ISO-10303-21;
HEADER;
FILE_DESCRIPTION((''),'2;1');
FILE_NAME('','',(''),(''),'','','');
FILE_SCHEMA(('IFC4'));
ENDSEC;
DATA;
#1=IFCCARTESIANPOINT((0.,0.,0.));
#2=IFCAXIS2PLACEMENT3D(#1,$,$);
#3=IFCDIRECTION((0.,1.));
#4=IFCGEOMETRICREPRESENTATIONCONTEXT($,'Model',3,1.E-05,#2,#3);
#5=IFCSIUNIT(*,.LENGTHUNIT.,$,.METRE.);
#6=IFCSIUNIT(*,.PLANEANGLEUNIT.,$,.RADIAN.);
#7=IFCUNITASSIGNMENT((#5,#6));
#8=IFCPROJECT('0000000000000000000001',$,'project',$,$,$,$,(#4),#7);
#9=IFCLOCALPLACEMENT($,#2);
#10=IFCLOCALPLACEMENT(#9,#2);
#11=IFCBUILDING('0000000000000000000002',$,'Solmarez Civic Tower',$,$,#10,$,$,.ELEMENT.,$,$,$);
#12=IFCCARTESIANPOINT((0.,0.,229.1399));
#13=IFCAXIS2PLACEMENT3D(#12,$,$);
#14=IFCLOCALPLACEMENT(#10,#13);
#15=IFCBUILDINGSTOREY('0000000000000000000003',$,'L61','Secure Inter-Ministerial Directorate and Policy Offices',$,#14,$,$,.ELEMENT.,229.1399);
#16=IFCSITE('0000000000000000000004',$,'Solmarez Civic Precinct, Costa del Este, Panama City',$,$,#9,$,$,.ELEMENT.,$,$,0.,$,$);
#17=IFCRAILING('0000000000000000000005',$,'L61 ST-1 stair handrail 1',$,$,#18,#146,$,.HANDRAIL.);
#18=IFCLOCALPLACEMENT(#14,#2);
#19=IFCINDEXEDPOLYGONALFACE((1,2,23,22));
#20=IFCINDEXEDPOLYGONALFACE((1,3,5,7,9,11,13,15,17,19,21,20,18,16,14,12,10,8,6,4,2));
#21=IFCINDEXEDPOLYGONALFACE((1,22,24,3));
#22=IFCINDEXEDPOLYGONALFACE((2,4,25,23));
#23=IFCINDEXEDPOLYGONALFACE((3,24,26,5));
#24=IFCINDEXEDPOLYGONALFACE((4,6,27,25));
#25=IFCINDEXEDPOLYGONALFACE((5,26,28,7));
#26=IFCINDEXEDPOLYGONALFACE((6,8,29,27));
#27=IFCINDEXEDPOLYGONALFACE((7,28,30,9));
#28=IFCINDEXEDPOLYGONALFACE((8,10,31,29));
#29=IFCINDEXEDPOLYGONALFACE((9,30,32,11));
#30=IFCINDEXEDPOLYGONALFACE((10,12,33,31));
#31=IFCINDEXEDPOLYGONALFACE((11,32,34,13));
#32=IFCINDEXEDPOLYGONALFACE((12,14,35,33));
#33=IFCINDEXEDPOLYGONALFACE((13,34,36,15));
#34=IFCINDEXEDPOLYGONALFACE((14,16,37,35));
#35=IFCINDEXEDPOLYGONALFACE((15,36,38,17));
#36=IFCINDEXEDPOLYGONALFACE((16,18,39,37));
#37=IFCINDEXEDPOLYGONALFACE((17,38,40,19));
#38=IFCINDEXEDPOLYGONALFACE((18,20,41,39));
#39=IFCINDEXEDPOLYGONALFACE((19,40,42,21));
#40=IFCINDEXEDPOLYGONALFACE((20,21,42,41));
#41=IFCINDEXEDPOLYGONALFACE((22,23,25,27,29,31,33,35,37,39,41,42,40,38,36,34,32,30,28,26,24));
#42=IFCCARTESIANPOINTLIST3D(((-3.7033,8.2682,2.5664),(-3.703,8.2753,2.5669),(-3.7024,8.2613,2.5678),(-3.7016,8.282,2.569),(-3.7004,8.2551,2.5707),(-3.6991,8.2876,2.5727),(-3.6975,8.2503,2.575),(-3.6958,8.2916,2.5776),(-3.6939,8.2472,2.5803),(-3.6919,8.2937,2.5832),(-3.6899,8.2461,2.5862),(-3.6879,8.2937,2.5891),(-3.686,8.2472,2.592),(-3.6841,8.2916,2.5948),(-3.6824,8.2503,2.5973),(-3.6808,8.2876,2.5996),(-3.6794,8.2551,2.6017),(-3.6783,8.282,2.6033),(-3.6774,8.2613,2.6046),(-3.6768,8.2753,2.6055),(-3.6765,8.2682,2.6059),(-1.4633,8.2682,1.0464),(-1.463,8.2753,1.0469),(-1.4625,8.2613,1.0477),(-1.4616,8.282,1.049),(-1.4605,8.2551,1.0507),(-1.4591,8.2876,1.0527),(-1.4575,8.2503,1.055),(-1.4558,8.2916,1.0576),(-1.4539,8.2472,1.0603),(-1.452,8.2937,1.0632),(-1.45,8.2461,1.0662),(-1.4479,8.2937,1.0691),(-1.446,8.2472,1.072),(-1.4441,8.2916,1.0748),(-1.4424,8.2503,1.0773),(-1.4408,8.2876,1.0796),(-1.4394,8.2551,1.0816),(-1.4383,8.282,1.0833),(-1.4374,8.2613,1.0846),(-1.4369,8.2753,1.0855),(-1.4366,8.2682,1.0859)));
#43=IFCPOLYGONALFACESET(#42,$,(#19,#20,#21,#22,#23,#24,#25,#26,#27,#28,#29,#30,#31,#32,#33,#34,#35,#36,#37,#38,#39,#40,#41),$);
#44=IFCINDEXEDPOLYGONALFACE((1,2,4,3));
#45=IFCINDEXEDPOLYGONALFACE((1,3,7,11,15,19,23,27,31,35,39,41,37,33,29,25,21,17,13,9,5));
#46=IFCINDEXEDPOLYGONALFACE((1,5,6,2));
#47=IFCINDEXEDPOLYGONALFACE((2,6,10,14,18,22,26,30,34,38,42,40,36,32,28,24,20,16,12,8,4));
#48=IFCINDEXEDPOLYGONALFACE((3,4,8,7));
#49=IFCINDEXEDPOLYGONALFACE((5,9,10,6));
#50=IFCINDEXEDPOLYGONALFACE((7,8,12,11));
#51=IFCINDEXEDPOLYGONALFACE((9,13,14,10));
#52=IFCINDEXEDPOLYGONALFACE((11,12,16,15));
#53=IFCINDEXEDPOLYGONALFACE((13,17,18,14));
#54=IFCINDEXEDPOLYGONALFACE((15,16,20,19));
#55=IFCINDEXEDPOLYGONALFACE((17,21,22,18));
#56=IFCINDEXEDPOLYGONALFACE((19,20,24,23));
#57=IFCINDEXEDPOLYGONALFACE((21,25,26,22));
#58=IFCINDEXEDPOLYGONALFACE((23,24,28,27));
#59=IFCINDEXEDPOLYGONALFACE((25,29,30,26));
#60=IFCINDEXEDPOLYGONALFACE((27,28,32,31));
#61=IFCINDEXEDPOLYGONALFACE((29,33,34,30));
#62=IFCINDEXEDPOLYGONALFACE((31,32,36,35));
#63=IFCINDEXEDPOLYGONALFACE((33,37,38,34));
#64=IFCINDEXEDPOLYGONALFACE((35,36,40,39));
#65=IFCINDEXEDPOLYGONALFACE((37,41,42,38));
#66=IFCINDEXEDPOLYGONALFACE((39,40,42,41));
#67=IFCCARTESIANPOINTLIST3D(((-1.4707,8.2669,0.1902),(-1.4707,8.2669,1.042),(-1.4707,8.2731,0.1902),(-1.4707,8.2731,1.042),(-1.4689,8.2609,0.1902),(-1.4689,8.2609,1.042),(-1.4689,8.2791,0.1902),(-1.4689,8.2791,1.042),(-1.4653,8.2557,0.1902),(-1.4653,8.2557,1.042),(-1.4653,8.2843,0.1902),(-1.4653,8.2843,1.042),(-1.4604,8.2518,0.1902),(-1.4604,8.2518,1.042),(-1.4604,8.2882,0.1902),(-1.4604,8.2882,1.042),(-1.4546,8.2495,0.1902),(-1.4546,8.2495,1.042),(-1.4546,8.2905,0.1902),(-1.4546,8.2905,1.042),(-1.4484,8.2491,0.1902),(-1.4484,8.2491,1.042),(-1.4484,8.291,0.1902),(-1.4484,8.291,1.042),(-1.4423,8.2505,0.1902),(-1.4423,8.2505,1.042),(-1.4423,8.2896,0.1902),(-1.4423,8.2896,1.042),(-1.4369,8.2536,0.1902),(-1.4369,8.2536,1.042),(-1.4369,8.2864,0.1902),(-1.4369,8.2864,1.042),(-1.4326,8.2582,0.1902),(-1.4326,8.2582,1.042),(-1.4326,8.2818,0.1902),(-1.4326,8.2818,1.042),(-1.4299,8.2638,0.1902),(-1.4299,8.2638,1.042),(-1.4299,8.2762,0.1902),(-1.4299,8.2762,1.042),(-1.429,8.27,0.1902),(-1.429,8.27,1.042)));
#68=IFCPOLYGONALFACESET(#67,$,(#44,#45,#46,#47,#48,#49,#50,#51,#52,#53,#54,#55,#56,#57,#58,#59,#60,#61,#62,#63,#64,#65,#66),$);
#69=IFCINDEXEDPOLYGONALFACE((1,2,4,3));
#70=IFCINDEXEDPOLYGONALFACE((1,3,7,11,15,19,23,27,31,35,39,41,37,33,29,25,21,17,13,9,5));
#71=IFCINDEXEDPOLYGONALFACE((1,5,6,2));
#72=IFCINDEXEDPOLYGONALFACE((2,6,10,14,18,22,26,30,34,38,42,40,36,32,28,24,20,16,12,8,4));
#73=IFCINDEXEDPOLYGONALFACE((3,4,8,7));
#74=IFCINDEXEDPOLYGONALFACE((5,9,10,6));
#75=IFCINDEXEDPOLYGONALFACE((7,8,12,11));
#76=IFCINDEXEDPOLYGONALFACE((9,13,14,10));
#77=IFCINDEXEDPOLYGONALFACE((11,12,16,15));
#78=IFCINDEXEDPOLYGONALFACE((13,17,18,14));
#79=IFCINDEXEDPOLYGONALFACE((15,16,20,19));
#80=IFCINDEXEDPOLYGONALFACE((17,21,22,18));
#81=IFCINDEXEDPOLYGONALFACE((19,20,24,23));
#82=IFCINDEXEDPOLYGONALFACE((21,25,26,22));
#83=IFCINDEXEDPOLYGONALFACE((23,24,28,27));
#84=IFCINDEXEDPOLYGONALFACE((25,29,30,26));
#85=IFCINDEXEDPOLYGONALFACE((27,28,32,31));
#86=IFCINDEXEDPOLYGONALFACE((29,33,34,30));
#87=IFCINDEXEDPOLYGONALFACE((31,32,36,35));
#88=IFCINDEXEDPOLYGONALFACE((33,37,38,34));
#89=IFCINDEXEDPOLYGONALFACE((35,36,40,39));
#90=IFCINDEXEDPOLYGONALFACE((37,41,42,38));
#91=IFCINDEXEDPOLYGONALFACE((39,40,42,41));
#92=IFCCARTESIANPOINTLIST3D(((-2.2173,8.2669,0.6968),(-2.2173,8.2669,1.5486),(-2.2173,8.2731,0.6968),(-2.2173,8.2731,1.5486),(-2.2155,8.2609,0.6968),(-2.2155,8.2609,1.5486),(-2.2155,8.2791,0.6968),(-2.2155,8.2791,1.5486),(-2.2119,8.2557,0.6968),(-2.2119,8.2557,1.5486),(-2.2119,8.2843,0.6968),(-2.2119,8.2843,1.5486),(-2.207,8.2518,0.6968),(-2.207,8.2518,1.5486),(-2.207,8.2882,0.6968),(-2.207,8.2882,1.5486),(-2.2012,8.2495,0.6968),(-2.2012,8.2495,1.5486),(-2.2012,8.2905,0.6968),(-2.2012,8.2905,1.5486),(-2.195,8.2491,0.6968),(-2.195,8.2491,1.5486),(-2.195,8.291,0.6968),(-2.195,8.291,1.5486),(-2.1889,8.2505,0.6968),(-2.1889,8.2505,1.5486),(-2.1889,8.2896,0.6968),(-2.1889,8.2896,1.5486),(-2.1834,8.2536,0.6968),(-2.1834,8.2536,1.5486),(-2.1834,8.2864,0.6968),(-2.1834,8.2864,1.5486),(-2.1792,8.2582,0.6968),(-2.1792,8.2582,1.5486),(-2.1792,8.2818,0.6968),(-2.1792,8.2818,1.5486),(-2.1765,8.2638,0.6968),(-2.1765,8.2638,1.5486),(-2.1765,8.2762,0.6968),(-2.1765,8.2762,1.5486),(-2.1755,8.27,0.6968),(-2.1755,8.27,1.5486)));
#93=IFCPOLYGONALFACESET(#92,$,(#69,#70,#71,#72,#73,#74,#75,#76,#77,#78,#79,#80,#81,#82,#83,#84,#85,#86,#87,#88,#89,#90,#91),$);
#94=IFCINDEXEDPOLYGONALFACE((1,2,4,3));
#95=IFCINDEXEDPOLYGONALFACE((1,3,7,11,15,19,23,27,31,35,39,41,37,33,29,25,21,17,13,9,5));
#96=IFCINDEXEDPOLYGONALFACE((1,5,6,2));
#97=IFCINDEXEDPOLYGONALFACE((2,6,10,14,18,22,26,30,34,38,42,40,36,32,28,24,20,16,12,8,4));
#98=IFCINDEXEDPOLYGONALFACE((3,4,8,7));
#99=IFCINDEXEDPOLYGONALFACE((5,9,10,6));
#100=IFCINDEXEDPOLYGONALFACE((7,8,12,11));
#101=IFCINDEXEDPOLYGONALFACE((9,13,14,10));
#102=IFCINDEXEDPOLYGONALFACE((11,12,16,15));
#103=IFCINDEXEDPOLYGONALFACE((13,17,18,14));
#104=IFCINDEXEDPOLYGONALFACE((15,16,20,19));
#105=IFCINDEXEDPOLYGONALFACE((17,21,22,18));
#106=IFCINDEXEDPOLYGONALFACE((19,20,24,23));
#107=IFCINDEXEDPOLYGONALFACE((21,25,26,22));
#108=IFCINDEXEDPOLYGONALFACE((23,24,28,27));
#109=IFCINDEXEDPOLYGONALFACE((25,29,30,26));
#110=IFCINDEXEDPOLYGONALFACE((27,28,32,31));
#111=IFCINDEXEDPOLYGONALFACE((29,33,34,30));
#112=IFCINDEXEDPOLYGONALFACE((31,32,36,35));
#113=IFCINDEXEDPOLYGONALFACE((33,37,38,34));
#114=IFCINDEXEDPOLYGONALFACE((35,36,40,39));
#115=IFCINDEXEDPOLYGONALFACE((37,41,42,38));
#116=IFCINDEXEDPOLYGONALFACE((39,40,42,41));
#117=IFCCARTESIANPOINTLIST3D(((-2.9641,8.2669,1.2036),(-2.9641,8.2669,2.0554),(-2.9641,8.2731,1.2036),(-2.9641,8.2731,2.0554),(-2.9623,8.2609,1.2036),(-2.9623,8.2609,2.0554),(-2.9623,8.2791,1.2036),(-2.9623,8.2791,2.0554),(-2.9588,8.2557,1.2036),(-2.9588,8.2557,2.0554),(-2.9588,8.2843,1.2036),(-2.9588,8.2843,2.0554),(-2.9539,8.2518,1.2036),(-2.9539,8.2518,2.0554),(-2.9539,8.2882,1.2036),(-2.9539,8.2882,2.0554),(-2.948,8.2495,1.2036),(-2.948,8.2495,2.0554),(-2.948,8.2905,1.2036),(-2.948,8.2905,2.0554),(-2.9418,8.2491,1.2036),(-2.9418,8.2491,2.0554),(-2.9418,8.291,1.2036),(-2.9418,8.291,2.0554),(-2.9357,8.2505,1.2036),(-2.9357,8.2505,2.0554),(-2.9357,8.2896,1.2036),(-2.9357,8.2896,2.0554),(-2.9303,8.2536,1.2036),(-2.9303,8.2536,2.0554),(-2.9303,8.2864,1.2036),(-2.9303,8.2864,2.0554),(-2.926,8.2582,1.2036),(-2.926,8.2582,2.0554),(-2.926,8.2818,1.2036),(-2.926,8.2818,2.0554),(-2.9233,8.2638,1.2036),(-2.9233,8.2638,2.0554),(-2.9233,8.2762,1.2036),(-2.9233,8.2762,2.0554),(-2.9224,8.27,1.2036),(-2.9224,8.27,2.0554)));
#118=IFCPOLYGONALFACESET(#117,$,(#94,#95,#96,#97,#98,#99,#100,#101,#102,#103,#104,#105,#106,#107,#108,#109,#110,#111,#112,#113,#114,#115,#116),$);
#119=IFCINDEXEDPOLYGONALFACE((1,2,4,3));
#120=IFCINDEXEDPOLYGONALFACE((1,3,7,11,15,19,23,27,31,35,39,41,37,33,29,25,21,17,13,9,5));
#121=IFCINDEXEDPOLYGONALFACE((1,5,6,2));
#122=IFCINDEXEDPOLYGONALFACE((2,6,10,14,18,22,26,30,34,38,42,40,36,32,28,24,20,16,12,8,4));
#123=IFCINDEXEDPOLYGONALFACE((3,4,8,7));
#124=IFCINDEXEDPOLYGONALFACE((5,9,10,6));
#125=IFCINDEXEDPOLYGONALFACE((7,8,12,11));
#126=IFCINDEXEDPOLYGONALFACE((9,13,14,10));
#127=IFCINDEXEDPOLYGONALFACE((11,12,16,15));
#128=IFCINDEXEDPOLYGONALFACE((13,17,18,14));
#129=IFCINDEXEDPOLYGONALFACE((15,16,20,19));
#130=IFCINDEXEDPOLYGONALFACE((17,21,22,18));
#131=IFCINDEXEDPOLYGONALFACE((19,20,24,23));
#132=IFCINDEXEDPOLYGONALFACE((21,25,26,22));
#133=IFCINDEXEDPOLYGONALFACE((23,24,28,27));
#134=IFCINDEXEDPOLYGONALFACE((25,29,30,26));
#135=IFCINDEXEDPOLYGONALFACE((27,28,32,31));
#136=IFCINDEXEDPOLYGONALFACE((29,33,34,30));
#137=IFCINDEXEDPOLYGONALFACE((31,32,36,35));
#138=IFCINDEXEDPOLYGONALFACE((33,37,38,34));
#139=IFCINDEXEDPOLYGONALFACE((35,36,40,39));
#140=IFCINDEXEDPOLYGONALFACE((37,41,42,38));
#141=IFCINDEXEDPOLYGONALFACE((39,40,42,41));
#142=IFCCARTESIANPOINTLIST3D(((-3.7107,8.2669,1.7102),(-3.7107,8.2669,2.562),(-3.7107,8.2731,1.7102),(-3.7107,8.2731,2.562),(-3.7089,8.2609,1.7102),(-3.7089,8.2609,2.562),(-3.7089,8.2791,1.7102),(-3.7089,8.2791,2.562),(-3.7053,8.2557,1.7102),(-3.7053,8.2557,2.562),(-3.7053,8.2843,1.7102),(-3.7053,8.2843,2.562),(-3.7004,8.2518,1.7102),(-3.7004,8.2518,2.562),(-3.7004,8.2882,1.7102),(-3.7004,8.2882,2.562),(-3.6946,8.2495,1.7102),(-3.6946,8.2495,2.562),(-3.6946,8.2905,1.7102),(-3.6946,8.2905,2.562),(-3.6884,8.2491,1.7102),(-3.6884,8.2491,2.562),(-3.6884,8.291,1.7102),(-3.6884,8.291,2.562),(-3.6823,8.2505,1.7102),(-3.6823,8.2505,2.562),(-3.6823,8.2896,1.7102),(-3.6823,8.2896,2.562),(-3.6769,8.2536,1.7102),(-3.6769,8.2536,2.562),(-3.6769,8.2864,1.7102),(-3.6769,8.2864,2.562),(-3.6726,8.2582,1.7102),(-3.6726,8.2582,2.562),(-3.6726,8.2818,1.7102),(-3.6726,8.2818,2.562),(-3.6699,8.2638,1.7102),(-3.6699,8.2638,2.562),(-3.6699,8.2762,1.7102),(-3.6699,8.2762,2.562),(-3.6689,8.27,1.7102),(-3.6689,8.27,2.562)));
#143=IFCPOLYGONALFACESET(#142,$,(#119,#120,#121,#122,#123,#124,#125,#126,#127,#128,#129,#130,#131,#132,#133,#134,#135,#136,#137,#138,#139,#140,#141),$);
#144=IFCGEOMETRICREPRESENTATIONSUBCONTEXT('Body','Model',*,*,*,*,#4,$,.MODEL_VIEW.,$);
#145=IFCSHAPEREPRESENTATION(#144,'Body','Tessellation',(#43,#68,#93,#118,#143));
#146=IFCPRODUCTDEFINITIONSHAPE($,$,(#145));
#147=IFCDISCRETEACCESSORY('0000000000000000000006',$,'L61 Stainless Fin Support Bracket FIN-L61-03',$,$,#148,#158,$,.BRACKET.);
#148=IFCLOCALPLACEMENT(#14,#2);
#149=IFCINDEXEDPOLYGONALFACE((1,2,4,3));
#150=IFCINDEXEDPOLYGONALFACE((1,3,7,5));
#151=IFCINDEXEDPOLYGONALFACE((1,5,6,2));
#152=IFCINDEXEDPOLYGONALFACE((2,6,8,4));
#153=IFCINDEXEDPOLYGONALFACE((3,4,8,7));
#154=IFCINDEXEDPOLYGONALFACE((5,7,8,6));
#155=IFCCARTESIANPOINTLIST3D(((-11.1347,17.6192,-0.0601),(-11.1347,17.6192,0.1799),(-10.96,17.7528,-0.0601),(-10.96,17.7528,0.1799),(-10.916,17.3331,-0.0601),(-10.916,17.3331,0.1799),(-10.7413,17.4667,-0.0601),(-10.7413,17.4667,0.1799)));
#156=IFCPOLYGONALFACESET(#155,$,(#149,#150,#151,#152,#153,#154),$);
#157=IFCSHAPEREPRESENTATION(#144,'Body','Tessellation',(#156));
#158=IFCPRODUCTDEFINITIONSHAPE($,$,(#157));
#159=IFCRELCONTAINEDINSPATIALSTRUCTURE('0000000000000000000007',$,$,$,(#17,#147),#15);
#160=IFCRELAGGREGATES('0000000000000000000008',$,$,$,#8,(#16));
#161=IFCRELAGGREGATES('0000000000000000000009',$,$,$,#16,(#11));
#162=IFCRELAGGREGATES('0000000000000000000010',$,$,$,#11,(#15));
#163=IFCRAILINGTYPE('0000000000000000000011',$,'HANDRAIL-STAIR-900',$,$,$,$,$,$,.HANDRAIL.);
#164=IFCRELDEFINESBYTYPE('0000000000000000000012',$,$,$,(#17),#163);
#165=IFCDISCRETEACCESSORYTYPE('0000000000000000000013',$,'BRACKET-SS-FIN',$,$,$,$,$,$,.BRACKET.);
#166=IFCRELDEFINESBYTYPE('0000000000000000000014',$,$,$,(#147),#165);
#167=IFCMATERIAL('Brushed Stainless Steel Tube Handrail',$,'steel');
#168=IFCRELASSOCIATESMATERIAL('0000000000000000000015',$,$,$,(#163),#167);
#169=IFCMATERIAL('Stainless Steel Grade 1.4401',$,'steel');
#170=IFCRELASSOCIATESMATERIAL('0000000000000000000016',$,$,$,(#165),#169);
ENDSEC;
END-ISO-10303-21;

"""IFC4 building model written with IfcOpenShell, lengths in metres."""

from ifc_helpers import new_model, si_unit, direction, frame, origin, origin_2d, place, context, subcontext, project, spatial, rectangle, circle, extrude, material, type_object, element, save


model = new_model("IFC4")

# Units and contexts
model_context = context("Model", 3, precision=1e-05, world=origin(), true_north=direction((0.0, 1.0)))
body_context = subcontext(model_context, "Body", "Model", "MODEL_VIEW")
ifc_project = project(units=[si_unit("LENGTHUNIT", "METRE"), si_unit("PLANEANGLEUNIT", "RADIAN")], contexts=[model_context])

# Site, building, storey
site_placement = place(None, origin())
site = spatial("IfcSite", under=ifc_project, at=site_placement, Name="Solmarez Civic Precinct, Costa del Este, Panama City", CompositionType="ELEMENT", RefElevation=0.0)
building_placement = place(site_placement, origin())
building = spatial("IfcBuilding", under=site, at=building_placement, Name="Solmarez Civic Tower", CompositionType="ELEMENT")
storey_placement = place(building_placement, frame((0.0, 0.0, 229.1399)))
storey = spatial("IfcBuildingStorey", under=building, at=storey_placement, Name="L61", Description="Secure Inter-Ministerial Directorate and Policy Offices", CompositionType="ELEMENT", Elevation=229.1399)

# Railing
ifc_material_1 = material(Name="Brushed Stainless Steel Tube Handrail", Category="steel")
railing_type = type_object("IfcRailingType", Name="HANDRAIL-STAIR-900", PredefinedType="HANDRAIL", material=ifc_material_1)
railing_placement = place(storey_placement, frame((-1.45, 8.27, 0.1902)))
element("IfcRailing", 1, at=railing_placement, inside=storey, type_object=railing_type, Name="L61 ST-1 stair handrail 1", PredefinedType="HANDRAIL", context=body_context, shape_type="SweptSolid", body=[
    extrude(circle(Radius=0.0239, at=origin_2d()), frame((0.0, 0.0, 0.876), z_axis=(-0.827471, 0.0, 0.561508), x_axis=(0.0, -1.0, 0.0)), (0.0, 0.0, 1.0), 2.707),
    extrude(circle(Radius=0.021, at=origin_2d()), origin(), (0.0, 0.0, 1.0), 0.8518),
    extrude(circle(Radius=0.021, at=origin_2d()), frame((-0.7466, 0.0, 0.5066)), (0.0, 0.0, 1.0), 0.8518),
    extrude(circle(Radius=0.021, at=origin_2d()), frame((-1.4934, 0.0, 1.0134)), (0.0, 0.0, 1.0), 0.8518),
    extrude(circle(Radius=0.021, at=origin_2d()), frame((-2.24, 0.0, 1.52)), (0.0, 0.0, 1.0), 0.8518),
])

# Discrete accessory
ifc_material_2 = material(Name="Stainless Steel Grade 1.4401", Category="steel")
discrete_accessory_type = type_object("IfcDiscreteAccessoryType", Name="BRACKET-SS-FIN", PredefinedType="BRACKET", material=ifc_material_2)
discrete_accessory_placement = place(storey_placement, frame((-10.938, 17.543, -0.0601), z_axis=(0.0, 0.0, 1.0), x_axis=(-0.607362, 0.794425, 0.0)))
element("IfcDiscreteAccessory", 2, at=discrete_accessory_placement, inside=storey, type_object=discrete_accessory_type, Name="L61 Stainless Fin Support Bracket FIN-L61-03", PredefinedType="BRACKET", context=body_context, shape_type="SweptSolid", body=[
    extrude(rectangle(XDim=0.3601, YDim=0.22, at=origin_2d()), origin(), (0.0, 0.0, 1.0), 0.24),
])

save(model, "model.ifc")
